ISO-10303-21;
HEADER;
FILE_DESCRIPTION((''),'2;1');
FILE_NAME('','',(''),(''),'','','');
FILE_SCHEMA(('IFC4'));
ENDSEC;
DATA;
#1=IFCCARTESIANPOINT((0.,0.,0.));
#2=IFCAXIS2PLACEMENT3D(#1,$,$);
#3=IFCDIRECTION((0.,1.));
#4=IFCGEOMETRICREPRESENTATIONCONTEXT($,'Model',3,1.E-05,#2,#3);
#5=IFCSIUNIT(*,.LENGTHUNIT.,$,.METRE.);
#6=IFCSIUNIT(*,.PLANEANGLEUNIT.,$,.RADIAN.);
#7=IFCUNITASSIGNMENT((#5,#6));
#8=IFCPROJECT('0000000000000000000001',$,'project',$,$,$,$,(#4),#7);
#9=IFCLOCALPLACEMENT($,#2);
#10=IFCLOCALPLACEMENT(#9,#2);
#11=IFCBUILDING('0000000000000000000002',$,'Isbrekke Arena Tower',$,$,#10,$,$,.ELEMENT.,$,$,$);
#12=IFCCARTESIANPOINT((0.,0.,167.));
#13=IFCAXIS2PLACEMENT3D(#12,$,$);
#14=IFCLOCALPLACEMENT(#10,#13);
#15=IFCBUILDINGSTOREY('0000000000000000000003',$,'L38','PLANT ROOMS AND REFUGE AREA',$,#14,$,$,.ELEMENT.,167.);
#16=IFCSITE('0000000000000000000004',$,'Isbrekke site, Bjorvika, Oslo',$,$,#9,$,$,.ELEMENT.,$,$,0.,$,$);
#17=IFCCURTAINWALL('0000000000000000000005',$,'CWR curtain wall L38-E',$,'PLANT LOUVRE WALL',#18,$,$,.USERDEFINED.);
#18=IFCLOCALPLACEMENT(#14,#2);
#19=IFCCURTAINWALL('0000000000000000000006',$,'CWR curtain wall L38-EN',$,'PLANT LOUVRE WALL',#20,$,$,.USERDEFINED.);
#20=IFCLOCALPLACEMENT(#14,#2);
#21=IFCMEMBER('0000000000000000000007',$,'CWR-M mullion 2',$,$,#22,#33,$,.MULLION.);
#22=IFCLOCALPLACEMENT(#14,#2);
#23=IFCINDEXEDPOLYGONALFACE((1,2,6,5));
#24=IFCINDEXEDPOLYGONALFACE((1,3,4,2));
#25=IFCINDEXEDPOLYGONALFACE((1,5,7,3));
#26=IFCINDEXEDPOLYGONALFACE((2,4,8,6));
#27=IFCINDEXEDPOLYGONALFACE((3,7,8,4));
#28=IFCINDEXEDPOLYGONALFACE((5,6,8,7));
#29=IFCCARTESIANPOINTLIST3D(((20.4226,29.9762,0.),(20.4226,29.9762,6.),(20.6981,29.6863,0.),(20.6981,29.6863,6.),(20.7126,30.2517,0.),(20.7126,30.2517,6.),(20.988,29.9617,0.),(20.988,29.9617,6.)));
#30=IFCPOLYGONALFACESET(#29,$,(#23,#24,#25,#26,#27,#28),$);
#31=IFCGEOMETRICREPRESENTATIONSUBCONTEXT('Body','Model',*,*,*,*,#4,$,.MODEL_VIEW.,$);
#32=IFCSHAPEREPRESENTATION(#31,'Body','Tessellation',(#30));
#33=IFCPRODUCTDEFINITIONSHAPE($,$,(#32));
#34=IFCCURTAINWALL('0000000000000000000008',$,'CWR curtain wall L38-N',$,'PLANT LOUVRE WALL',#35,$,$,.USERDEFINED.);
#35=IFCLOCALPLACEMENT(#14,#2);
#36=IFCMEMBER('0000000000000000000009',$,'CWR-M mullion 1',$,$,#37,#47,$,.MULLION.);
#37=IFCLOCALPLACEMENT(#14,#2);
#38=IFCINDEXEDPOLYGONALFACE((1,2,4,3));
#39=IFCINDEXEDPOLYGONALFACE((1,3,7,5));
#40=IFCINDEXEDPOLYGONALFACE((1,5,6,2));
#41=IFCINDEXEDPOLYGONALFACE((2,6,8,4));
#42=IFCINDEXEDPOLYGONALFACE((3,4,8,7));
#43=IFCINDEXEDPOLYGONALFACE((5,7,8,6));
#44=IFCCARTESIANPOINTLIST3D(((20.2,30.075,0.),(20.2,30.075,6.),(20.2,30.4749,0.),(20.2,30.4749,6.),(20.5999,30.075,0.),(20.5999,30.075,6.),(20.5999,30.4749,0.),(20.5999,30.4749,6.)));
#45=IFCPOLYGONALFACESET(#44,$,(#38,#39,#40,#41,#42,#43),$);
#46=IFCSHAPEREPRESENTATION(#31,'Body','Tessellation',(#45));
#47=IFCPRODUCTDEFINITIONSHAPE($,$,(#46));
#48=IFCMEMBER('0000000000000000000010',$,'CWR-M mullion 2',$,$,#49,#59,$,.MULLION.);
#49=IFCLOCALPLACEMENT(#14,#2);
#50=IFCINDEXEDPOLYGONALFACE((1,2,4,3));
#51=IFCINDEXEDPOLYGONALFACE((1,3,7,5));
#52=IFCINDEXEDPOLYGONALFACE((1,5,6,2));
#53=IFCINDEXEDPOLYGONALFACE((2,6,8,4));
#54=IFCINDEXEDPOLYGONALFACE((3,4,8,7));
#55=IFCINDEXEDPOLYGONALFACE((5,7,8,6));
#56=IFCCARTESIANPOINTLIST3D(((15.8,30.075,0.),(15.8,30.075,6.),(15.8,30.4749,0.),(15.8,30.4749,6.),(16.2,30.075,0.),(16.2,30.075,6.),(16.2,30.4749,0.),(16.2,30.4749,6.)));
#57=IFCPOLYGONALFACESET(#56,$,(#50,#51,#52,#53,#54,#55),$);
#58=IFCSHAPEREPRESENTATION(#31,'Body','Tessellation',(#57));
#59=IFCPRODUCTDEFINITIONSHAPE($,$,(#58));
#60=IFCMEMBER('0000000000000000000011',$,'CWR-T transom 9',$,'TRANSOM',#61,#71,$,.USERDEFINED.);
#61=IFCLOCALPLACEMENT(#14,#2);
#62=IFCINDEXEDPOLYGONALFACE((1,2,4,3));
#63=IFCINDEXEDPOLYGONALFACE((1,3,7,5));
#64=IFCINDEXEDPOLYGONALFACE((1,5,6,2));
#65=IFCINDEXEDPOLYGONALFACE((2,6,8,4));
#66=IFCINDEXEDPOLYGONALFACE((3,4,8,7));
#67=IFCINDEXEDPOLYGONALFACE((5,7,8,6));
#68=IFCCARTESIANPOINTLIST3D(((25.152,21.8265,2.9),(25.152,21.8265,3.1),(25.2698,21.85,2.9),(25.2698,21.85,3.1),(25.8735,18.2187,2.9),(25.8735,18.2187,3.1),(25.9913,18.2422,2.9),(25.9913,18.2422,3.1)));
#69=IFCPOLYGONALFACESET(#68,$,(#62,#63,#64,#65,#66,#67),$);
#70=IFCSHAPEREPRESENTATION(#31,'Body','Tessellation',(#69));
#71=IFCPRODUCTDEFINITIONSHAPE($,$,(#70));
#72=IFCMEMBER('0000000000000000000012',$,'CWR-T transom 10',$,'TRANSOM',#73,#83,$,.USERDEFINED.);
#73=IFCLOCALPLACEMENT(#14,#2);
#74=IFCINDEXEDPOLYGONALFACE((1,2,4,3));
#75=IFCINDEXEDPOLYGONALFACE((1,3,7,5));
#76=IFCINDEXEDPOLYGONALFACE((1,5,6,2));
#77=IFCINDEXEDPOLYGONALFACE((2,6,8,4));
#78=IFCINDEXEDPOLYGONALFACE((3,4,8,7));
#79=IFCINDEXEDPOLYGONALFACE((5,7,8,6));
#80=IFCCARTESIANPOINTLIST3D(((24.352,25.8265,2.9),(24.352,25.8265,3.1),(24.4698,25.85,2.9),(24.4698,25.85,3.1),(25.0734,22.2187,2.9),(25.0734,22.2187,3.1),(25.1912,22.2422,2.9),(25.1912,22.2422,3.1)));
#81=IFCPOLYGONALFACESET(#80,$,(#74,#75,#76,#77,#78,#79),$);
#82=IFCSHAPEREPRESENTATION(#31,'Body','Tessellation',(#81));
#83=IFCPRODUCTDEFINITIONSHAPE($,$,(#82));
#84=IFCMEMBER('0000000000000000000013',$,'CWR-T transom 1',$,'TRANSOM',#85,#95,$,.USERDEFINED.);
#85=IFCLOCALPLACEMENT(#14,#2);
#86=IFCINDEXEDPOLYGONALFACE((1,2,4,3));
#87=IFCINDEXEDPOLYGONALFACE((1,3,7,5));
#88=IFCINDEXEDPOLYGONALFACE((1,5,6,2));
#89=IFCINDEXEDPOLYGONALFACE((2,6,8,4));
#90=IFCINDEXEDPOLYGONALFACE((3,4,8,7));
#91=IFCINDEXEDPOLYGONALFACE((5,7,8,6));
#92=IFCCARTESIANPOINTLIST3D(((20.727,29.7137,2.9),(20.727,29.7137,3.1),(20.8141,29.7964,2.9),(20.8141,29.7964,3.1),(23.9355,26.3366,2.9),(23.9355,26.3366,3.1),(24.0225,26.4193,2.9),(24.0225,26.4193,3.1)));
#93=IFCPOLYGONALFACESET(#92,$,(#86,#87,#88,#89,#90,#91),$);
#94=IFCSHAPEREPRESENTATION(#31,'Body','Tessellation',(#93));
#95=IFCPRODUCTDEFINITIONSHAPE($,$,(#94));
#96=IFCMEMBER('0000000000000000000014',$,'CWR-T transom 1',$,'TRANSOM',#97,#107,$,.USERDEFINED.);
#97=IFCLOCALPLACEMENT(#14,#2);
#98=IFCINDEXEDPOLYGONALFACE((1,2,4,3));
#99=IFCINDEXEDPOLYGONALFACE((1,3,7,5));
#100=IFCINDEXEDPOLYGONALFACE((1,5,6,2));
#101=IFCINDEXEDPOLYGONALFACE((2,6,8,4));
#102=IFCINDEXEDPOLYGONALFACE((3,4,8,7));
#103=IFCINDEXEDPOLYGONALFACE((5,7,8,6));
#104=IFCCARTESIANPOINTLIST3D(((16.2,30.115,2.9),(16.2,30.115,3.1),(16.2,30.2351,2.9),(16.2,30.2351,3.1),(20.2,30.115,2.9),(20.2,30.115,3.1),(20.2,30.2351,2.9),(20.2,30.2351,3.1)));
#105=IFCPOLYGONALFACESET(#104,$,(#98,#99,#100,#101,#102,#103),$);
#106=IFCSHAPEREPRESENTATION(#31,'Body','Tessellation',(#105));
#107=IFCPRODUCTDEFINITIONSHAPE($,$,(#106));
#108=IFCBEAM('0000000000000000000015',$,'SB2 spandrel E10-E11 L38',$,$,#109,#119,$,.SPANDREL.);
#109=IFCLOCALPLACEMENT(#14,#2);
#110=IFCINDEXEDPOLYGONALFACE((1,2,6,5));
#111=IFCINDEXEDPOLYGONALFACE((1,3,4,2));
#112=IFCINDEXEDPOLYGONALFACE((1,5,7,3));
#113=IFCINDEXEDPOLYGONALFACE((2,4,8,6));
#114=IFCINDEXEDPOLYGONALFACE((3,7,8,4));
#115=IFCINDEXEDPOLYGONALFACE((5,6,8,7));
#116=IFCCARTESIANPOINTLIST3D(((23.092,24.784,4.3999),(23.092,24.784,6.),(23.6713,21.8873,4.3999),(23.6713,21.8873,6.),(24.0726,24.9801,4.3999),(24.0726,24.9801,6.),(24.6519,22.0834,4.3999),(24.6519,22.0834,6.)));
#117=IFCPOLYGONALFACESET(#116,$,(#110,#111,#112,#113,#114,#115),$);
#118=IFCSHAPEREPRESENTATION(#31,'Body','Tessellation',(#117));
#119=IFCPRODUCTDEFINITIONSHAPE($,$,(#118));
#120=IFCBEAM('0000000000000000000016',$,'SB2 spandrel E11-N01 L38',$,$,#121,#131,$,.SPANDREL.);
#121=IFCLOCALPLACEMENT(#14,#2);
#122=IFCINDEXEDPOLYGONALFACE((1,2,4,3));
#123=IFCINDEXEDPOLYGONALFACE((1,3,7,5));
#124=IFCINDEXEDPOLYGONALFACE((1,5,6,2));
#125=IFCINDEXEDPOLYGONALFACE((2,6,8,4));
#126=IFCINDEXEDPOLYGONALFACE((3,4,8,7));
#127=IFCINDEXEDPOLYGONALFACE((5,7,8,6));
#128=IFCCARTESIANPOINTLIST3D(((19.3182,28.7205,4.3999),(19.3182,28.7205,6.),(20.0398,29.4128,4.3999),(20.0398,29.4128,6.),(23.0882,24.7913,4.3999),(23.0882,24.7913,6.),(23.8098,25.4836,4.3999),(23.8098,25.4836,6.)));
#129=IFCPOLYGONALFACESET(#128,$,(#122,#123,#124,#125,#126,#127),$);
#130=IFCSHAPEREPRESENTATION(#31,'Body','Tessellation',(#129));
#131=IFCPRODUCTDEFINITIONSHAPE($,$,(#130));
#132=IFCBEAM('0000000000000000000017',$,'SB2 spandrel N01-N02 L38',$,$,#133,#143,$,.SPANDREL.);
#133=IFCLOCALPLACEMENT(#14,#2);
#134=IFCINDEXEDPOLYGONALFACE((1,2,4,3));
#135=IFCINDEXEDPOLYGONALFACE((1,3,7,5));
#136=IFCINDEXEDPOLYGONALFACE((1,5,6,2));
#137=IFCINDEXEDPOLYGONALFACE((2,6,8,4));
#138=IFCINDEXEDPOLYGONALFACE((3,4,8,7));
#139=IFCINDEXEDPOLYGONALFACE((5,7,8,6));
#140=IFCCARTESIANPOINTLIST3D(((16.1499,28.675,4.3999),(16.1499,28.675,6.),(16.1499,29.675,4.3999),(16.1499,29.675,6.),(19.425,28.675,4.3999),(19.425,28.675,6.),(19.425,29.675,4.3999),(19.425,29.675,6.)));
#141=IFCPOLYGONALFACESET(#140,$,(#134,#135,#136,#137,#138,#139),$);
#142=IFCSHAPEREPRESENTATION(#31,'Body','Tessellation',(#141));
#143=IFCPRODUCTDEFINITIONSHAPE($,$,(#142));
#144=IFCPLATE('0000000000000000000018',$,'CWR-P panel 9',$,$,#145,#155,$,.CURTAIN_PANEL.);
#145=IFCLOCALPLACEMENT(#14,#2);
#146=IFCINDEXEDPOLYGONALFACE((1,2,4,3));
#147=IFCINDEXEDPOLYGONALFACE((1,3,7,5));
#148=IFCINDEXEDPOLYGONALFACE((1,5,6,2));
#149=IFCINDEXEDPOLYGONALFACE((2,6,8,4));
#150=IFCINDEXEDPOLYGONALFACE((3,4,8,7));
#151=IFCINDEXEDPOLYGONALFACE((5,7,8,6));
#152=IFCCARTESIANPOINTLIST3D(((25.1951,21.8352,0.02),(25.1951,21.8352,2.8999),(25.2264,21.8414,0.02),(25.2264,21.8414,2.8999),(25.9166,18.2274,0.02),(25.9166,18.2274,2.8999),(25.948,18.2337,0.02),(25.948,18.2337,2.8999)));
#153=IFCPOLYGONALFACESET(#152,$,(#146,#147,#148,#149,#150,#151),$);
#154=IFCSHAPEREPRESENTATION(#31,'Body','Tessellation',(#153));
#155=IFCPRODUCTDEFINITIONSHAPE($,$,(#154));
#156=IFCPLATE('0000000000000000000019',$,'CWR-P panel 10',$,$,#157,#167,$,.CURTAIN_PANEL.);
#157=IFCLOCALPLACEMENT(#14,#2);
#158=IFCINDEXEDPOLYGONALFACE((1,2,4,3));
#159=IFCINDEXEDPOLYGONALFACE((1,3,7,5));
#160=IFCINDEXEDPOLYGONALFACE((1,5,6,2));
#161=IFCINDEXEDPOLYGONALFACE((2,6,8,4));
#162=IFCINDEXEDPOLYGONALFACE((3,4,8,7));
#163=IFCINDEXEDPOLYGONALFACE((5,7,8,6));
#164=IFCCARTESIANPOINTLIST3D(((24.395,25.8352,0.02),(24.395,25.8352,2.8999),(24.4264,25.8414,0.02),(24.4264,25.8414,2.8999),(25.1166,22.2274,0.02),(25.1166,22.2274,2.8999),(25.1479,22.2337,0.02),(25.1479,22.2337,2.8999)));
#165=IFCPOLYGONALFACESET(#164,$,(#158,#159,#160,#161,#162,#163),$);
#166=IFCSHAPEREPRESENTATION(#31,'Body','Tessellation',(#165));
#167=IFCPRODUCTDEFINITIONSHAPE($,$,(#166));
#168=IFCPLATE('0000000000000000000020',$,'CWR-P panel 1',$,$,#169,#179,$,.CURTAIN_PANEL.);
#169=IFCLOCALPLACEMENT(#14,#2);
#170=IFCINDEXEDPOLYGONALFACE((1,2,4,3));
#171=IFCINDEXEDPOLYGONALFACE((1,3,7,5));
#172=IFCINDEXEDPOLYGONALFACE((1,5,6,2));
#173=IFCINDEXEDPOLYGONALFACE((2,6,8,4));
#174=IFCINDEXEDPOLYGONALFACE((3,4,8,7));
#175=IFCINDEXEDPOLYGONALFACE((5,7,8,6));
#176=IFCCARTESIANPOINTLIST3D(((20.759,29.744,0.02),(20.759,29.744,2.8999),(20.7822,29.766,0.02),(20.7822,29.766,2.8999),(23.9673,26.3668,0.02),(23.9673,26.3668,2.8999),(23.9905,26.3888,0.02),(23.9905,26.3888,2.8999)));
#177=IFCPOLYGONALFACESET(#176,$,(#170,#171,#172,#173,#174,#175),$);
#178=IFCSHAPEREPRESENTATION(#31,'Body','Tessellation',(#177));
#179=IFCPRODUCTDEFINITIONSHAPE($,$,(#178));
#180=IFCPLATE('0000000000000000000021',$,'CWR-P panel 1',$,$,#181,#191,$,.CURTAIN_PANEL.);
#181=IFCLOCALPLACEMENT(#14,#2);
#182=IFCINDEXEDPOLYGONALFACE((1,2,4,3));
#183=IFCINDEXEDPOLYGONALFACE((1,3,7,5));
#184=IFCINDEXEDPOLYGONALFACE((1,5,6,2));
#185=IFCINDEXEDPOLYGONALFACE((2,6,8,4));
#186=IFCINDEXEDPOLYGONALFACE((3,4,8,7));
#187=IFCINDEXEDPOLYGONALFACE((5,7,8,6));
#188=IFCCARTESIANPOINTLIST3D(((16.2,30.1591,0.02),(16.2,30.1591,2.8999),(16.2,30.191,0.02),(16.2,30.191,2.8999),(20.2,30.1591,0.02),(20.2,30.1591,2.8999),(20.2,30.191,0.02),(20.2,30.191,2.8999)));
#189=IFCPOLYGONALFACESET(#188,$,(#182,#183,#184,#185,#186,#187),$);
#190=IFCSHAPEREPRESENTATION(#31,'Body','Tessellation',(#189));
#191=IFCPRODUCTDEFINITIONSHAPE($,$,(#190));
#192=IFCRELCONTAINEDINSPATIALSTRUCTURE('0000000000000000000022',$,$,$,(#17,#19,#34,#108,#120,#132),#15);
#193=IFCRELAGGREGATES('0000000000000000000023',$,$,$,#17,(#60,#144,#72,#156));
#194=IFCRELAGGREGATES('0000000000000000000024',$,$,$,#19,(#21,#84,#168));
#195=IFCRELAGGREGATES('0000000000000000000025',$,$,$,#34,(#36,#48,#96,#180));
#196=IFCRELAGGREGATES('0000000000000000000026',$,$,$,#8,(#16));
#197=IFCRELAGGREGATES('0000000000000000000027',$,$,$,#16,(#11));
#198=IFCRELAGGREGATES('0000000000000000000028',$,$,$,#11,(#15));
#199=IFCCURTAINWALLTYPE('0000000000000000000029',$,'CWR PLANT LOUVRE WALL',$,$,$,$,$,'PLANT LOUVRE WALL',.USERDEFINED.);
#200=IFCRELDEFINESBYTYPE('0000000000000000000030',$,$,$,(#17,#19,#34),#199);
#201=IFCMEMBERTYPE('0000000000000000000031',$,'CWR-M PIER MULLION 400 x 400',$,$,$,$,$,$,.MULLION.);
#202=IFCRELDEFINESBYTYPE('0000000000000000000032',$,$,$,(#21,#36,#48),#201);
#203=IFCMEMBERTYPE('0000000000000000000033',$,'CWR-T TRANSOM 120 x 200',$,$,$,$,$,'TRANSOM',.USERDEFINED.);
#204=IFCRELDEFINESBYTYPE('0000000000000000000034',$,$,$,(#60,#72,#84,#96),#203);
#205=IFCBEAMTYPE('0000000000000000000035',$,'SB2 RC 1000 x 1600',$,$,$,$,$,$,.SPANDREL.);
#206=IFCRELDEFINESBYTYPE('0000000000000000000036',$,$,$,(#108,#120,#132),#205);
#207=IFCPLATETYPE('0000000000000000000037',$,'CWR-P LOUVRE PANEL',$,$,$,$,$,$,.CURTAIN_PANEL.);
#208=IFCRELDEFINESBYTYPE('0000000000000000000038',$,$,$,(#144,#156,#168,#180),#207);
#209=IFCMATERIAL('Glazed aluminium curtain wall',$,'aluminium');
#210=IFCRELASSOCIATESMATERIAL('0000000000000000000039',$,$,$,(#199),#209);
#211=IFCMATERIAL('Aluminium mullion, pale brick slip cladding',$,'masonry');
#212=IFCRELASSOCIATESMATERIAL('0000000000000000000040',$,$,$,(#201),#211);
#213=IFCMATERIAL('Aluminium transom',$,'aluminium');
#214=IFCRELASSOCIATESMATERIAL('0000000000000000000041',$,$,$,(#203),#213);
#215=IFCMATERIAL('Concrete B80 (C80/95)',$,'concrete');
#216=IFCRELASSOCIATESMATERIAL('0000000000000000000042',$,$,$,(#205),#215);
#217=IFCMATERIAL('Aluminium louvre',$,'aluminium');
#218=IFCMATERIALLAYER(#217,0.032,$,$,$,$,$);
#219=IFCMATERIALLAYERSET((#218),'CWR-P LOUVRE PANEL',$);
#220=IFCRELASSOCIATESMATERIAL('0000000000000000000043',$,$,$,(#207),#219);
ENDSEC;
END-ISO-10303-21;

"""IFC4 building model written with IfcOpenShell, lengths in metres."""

from ifc_helpers import new_model, si_unit, direction, frame, origin, origin_2d, place, context, subcontext, project, spatial, rectangle, extrude, material, layer, layer_set, material_profile, profile_set, type_object, element, aggregate, save


model = new_model("IFC4")

# Units and contexts
model_context = context("Model", 3, precision=1e-05, world=origin(), true_north=direction((0.0, 1.0)))
body_context = subcontext(model_context, "Body", "Model", "MODEL_VIEW")
ifc_project = project(units=[si_unit("LENGTHUNIT", "METRE"), si_unit("PLANEANGLEUNIT", "RADIAN")], contexts=[model_context])

# Site, building, storey
site_placement = place(None, origin())
site = spatial("IfcSite", under=ifc_project, at=site_placement, Name="Isbrekke site, Bjorvika, Oslo", CompositionType="ELEMENT", RefElevation=0.0)
building_placement = place(site_placement, origin())
building = spatial("IfcBuilding", under=site, at=building_placement, Name="Isbrekke Arena Tower", CompositionType="ELEMENT")
storey_placement = place(building_placement, frame((0.0, 0.0, 167.0)))
storey = spatial("IfcBuildingStorey", under=building, at=storey_placement, Name="L38", Description="PLANT ROOMS AND REFUGE AREA", CompositionType="ELEMENT", Elevation=167.0)

# Curtain walls, members
ifc_material_1 = material(Name="Glazed aluminium curtain wall", Category="aluminium")
curtain_wall_type = type_object("IfcCurtainWallType", Name="CWR PLANT LOUVRE WALL", ElementType="PLANT LOUVRE WALL", PredefinedType="USERDEFINED", material=ifc_material_1)
curtain_wall_1_placement = place(storey_placement, origin())
curtain_wall_1 = element("IfcCurtainWall", 1, at=curtain_wall_1_placement, inside=storey, type_object=curtain_wall_type, Name="CWR curtain wall L38-E", ObjectType="PLANT LOUVRE WALL", PredefinedType="USERDEFINED")
ifc_material_2 = material(Name="Aluminium mullion, pale brick slip cladding", Category="masonry")
ifc_material_profile_1 = material_profile(ifc_material_2, rectangle(XDim=0.3999, YDim=0.3999, at=origin_2d()), Name="PIER 400X400")
ifc_profile_set_1 = profile_set([ifc_material_profile_1], Name="Aluminium mullion, pale brick slip cladding")
member_type_1 = type_object("IfcMemberType", Name="CWR-M PIER MULLION 400 x 400", PredefinedType="MULLION", material=ifc_profile_set_1)
curtain_wall_2_placement = place(storey_placement, origin())
curtain_wall_2 = element("IfcCurtainWall", 2, at=curtain_wall_2_placement, inside=storey, type_object=curtain_wall_type, Name="CWR curtain wall L38-EN", ObjectType="PLANT LOUVRE WALL", PredefinedType="USERDEFINED")
member_1_placement = place(storey_placement, frame((20.7053, 29.969, 0.0), z_axis=(0.0, 0.0, 1.0), x_axis=(-0.688749, 0.724999, 0.0)))
member_1 = element("IfcMember", 3, at=member_1_placement, type_object=member_type_1, Name="CWR-M mullion 2", PredefinedType="MULLION", context=body_context, shape_type="SweptSolid", body=[
    extrude(rectangle(XDim=0.3999, YDim=0.3999, at=origin_2d()), origin(), (0.0, 0.0, 1.0), 6.0),
])
curtain_wall_3_placement = place(storey_placement, origin())
curtain_wall_3 = element("IfcCurtainWall", 4, at=curtain_wall_3_placement, inside=storey, type_object=curtain_wall_type, Name="CWR curtain wall L38-N", ObjectType="PLANT LOUVRE WALL", PredefinedType="USERDEFINED")
member_2_placement = place(storey_placement, frame((20.3999, 30.2749, 0.0), z_axis=(0.0, 0.0, 1.0), x_axis=(-1.0, 0.0, 0.0)))
member_2 = element("IfcMember", 5, at=member_2_placement, type_object=member_type_1, Name="CWR-M mullion 1", PredefinedType="MULLION", context=body_context, shape_type="SweptSolid", body=[
    extrude(rectangle(XDim=0.3999, YDim=0.3999, at=origin_2d()), origin(), (0.0, 0.0, 1.0), 6.0),
])
member_3_placement = place(storey_placement, frame((16.0, 30.2749, 0.0), z_axis=(0.0, 0.0, 1.0), x_axis=(-1.0, 0.0, 0.0)))
member_3 = element("IfcMember", 6, at=member_3_placement, type_object=member_type_1, Name="CWR-M mullion 2", PredefinedType="MULLION", context=body_context, shape_type="SweptSolid", body=[
    extrude(rectangle(XDim=0.3999, YDim=0.3999, at=origin_2d()), origin(), (0.0, 0.0, 1.0), 6.0),
])

# Members
ifc_material_3 = material(Name="Aluminium transom", Category="aluminium")
ifc_material_profile_2 = material_profile(ifc_material_3, rectangle(XDim=0.1201, YDim=0.2, at=origin_2d()), Name="TRANSOM 120X200")
ifc_profile_set_2 = profile_set([ifc_material_profile_2], Name="Aluminium transom")
member_type_2 = type_object("IfcMemberType", Name="CWR-T TRANSOM 120 x 200", ElementType="TRANSOM", PredefinedType="USERDEFINED", material=ifc_profile_set_2)
member_4_placement = place(storey_placement, frame((25.9324, 18.2305, 3.0), z_axis=(-0.196091, 0.980586, 0.0), x_axis=(-0.980586, -0.196091, 0.0)))
member_4 = element("IfcMember", 7, at=member_4_placement, type_object=member_type_2, Name="CWR-T transom 9", ObjectType="TRANSOM", PredefinedType="USERDEFINED", context=body_context, shape_type="SweptSolid", body=[
    extrude(rectangle(XDim=0.1201, YDim=0.2, at=origin_2d()), origin(), (0.0, 0.0, 1.0), 3.6792),
])
member_5_placement = place(storey_placement, frame((25.1323, 22.2305, 3.0), z_axis=(-0.196091, 0.980586, 0.0), x_axis=(-0.980586, -0.196091, 0.0)))
member_5 = element("IfcMember", 8, at=member_5_placement, type_object=member_type_2, Name="CWR-T transom 10", ObjectType="TRANSOM", PredefinedType="USERDEFINED", context=body_context, shape_type="SweptSolid", body=[
    extrude(rectangle(XDim=0.1201, YDim=0.2, at=origin_2d()), origin(), (0.0, 0.0, 1.0), 3.6792),
])
member_6_placement = place(storey_placement, frame((23.979, 26.3779, 3.0), z_axis=(-0.688767, 0.724982, 0.0), x_axis=(-0.724982, -0.688767, 0.0)))
member_6 = element("IfcMember", 9, at=member_6_placement, type_object=member_type_2, Name="CWR-T transom 1", ObjectType="TRANSOM", PredefinedType="USERDEFINED", context=body_context, shape_type="SweptSolid", body=[
    extrude(rectangle(XDim=0.1201, YDim=0.2, at=origin_2d()), origin(), (0.0, 0.0, 1.0), 4.6582),
])
member_7_placement = place(storey_placement, frame((20.2, 30.175, 3.0), z_axis=(-1.0, 0.0, 0.0), x_axis=(0.0, -1.0, 0.0)))
member_7 = element("IfcMember", 10, at=member_7_placement, type_object=member_type_2, Name="CWR-T transom 1", ObjectType="TRANSOM", PredefinedType="USERDEFINED", context=body_context, shape_type="SweptSolid", body=[
    extrude(rectangle(XDim=0.1201, YDim=0.2, at=origin_2d()), origin(), (0.0, 0.0, 1.0), 4.0),
])

# Beams
ifc_material_4 = material(Name="Concrete B80 (C80/95)", Category="concrete")
ifc_material_profile_3 = material_profile(ifc_material_4, rectangle(XDim=1.0, YDim=1.6001, at=origin_2d()), Name="RC 1000x1600")
ifc_profile_set_3 = profile_set([ifc_material_profile_3], Name="Concrete B80 (C80/95)")
beam_type_1 = type_object("IfcBeamType", Name="SB2 RC 1000 x 1600", PredefinedType="SPANDREL", material=ifc_profile_set_3)
beam_1_placement = place(storey_placement, frame((24.1616, 21.9854, 5.2), z_axis=(-0.196116, 0.980581, 0.0), x_axis=(-0.980581, -0.196116, 0.0)))
element("IfcBeam", 11, at=beam_1_placement, inside=storey, type_object=beam_type_1, Name="SB2 spandrel E10-E11 L38", PredefinedType="SPANDREL", context=body_context, shape_type="SweptSolid", body=[
    extrude(rectangle(XDim=1.0, YDim=1.6001, at=origin_2d()), origin(), (0.0, 0.0, 1.0), 2.9541),
])
beam_2_placement = place(storey_placement, frame((23.449, 25.1375, 5.2), z_axis=(-0.69234, 0.721572, 0.0), x_axis=(-0.721572, -0.69234, 0.0)))
element("IfcBeam", 12, at=beam_2_placement, inside=storey, type_object=beam_type_1, Name="SB2 spandrel E11-N01 L38", PredefinedType="SPANDREL", context=body_context, shape_type="SweptSolid", body=[
    extrude(rectangle(XDim=1.0, YDim=1.6001, at=origin_2d()), origin(), (0.0, 0.0, 1.0), 5.4453),
])
beam_3_placement = place(storey_placement, frame((19.425, 29.175, 5.2), z_axis=(-1.0, 0.0, 0.0), x_axis=(0.0, -1.0, 0.0)))
element("IfcBeam", 13, at=beam_3_placement, inside=storey, type_object=beam_type_1, Name="SB2 spandrel N01-N02 L38", PredefinedType="SPANDREL", context=body_context, shape_type="SweptSolid", body=[
    extrude(rectangle(XDim=1.0, YDim=1.6001, at=origin_2d()), origin(), (0.0, 0.0, 1.0), 3.2751),
])

# Plates
ifc_material_5 = material(Name="Aluminium louvre", Category="aluminium")
ifc_layer_1 = layer(ifc_material_5, 0.032)
ifc_layer_set_1 = layer_set([ifc_layer_1], Name="CWR-P LOUVRE PANEL")
plate_type = type_object("IfcPlateType", Name="CWR-P LOUVRE PANEL", PredefinedType="CURTAIN_PANEL", material=ifc_layer_set_1)
plate_1_placement = place(storey_placement, frame((25.5715, 20.0344, 0.02), z_axis=(0.0, 0.0, 1.0), x_axis=(-0.196116, 0.980581, 0.0)))
plate_1 = element("IfcPlate", 14, at=plate_1_placement, type_object=plate_type, Name="CWR-P panel 9", PredefinedType="CURTAIN_PANEL", context=body_context, shape_type="SweptSolid", body=[
    extrude(rectangle(XDim=3.6792, YDim=0.032, at=origin_2d()), origin(), (0.0, 0.0, 1.0), 2.8799),
])
plate_2_placement = place(storey_placement, frame((24.7715, 24.0344, 0.02), z_axis=(0.0, 0.0, 1.0), x_axis=(-0.196116, 0.980581, 0.0)))
plate_2 = element("IfcPlate", 15, at=plate_2_placement, type_object=plate_type, Name="CWR-P panel 10", PredefinedType="CURTAIN_PANEL", context=body_context, shape_type="SweptSolid", body=[
    extrude(rectangle(XDim=3.6792, YDim=0.032, at=origin_2d()), origin(), (0.0, 0.0, 1.0), 2.8799),
])
aggregate(curtain_wall_1, [member_4, plate_1, member_5, plate_2])
plate_3_placement = place(storey_placement, frame((22.3748, 28.0664, 0.02), z_axis=(0.0, 0.0, 1.0), x_axis=(-0.688749, 0.724999, 0.0)))
plate_3 = element("IfcPlate", 16, at=plate_3_placement, type_object=plate_type, Name="CWR-P panel 1", PredefinedType="CURTAIN_PANEL", context=body_context, shape_type="SweptSolid", body=[
    extrude(rectangle(XDim=4.6582, YDim=0.032, at=origin_2d()), origin(), (0.0, 0.0, 1.0), 2.8799),
])
aggregate(curtain_wall_2, [member_1, member_6, plate_3])
plate_4_placement = place(storey_placement, frame((18.2, 30.175, 0.02), z_axis=(0.0, 0.0, 1.0), x_axis=(-1.0, 0.0, 0.0)))
plate_4 = element("IfcPlate", 17, at=plate_4_placement, type_object=plate_type, Name="CWR-P panel 1", PredefinedType="CURTAIN_PANEL", context=body_context, shape_type="SweptSolid", body=[
    extrude(rectangle(XDim=4.0, YDim=0.032, at=origin_2d()), origin(), (0.0, 0.0, 1.0), 2.8799),
])
aggregate(curtain_wall_3, [member_2, member_3, member_7, plate_4])

save(model, "model.ifc")
